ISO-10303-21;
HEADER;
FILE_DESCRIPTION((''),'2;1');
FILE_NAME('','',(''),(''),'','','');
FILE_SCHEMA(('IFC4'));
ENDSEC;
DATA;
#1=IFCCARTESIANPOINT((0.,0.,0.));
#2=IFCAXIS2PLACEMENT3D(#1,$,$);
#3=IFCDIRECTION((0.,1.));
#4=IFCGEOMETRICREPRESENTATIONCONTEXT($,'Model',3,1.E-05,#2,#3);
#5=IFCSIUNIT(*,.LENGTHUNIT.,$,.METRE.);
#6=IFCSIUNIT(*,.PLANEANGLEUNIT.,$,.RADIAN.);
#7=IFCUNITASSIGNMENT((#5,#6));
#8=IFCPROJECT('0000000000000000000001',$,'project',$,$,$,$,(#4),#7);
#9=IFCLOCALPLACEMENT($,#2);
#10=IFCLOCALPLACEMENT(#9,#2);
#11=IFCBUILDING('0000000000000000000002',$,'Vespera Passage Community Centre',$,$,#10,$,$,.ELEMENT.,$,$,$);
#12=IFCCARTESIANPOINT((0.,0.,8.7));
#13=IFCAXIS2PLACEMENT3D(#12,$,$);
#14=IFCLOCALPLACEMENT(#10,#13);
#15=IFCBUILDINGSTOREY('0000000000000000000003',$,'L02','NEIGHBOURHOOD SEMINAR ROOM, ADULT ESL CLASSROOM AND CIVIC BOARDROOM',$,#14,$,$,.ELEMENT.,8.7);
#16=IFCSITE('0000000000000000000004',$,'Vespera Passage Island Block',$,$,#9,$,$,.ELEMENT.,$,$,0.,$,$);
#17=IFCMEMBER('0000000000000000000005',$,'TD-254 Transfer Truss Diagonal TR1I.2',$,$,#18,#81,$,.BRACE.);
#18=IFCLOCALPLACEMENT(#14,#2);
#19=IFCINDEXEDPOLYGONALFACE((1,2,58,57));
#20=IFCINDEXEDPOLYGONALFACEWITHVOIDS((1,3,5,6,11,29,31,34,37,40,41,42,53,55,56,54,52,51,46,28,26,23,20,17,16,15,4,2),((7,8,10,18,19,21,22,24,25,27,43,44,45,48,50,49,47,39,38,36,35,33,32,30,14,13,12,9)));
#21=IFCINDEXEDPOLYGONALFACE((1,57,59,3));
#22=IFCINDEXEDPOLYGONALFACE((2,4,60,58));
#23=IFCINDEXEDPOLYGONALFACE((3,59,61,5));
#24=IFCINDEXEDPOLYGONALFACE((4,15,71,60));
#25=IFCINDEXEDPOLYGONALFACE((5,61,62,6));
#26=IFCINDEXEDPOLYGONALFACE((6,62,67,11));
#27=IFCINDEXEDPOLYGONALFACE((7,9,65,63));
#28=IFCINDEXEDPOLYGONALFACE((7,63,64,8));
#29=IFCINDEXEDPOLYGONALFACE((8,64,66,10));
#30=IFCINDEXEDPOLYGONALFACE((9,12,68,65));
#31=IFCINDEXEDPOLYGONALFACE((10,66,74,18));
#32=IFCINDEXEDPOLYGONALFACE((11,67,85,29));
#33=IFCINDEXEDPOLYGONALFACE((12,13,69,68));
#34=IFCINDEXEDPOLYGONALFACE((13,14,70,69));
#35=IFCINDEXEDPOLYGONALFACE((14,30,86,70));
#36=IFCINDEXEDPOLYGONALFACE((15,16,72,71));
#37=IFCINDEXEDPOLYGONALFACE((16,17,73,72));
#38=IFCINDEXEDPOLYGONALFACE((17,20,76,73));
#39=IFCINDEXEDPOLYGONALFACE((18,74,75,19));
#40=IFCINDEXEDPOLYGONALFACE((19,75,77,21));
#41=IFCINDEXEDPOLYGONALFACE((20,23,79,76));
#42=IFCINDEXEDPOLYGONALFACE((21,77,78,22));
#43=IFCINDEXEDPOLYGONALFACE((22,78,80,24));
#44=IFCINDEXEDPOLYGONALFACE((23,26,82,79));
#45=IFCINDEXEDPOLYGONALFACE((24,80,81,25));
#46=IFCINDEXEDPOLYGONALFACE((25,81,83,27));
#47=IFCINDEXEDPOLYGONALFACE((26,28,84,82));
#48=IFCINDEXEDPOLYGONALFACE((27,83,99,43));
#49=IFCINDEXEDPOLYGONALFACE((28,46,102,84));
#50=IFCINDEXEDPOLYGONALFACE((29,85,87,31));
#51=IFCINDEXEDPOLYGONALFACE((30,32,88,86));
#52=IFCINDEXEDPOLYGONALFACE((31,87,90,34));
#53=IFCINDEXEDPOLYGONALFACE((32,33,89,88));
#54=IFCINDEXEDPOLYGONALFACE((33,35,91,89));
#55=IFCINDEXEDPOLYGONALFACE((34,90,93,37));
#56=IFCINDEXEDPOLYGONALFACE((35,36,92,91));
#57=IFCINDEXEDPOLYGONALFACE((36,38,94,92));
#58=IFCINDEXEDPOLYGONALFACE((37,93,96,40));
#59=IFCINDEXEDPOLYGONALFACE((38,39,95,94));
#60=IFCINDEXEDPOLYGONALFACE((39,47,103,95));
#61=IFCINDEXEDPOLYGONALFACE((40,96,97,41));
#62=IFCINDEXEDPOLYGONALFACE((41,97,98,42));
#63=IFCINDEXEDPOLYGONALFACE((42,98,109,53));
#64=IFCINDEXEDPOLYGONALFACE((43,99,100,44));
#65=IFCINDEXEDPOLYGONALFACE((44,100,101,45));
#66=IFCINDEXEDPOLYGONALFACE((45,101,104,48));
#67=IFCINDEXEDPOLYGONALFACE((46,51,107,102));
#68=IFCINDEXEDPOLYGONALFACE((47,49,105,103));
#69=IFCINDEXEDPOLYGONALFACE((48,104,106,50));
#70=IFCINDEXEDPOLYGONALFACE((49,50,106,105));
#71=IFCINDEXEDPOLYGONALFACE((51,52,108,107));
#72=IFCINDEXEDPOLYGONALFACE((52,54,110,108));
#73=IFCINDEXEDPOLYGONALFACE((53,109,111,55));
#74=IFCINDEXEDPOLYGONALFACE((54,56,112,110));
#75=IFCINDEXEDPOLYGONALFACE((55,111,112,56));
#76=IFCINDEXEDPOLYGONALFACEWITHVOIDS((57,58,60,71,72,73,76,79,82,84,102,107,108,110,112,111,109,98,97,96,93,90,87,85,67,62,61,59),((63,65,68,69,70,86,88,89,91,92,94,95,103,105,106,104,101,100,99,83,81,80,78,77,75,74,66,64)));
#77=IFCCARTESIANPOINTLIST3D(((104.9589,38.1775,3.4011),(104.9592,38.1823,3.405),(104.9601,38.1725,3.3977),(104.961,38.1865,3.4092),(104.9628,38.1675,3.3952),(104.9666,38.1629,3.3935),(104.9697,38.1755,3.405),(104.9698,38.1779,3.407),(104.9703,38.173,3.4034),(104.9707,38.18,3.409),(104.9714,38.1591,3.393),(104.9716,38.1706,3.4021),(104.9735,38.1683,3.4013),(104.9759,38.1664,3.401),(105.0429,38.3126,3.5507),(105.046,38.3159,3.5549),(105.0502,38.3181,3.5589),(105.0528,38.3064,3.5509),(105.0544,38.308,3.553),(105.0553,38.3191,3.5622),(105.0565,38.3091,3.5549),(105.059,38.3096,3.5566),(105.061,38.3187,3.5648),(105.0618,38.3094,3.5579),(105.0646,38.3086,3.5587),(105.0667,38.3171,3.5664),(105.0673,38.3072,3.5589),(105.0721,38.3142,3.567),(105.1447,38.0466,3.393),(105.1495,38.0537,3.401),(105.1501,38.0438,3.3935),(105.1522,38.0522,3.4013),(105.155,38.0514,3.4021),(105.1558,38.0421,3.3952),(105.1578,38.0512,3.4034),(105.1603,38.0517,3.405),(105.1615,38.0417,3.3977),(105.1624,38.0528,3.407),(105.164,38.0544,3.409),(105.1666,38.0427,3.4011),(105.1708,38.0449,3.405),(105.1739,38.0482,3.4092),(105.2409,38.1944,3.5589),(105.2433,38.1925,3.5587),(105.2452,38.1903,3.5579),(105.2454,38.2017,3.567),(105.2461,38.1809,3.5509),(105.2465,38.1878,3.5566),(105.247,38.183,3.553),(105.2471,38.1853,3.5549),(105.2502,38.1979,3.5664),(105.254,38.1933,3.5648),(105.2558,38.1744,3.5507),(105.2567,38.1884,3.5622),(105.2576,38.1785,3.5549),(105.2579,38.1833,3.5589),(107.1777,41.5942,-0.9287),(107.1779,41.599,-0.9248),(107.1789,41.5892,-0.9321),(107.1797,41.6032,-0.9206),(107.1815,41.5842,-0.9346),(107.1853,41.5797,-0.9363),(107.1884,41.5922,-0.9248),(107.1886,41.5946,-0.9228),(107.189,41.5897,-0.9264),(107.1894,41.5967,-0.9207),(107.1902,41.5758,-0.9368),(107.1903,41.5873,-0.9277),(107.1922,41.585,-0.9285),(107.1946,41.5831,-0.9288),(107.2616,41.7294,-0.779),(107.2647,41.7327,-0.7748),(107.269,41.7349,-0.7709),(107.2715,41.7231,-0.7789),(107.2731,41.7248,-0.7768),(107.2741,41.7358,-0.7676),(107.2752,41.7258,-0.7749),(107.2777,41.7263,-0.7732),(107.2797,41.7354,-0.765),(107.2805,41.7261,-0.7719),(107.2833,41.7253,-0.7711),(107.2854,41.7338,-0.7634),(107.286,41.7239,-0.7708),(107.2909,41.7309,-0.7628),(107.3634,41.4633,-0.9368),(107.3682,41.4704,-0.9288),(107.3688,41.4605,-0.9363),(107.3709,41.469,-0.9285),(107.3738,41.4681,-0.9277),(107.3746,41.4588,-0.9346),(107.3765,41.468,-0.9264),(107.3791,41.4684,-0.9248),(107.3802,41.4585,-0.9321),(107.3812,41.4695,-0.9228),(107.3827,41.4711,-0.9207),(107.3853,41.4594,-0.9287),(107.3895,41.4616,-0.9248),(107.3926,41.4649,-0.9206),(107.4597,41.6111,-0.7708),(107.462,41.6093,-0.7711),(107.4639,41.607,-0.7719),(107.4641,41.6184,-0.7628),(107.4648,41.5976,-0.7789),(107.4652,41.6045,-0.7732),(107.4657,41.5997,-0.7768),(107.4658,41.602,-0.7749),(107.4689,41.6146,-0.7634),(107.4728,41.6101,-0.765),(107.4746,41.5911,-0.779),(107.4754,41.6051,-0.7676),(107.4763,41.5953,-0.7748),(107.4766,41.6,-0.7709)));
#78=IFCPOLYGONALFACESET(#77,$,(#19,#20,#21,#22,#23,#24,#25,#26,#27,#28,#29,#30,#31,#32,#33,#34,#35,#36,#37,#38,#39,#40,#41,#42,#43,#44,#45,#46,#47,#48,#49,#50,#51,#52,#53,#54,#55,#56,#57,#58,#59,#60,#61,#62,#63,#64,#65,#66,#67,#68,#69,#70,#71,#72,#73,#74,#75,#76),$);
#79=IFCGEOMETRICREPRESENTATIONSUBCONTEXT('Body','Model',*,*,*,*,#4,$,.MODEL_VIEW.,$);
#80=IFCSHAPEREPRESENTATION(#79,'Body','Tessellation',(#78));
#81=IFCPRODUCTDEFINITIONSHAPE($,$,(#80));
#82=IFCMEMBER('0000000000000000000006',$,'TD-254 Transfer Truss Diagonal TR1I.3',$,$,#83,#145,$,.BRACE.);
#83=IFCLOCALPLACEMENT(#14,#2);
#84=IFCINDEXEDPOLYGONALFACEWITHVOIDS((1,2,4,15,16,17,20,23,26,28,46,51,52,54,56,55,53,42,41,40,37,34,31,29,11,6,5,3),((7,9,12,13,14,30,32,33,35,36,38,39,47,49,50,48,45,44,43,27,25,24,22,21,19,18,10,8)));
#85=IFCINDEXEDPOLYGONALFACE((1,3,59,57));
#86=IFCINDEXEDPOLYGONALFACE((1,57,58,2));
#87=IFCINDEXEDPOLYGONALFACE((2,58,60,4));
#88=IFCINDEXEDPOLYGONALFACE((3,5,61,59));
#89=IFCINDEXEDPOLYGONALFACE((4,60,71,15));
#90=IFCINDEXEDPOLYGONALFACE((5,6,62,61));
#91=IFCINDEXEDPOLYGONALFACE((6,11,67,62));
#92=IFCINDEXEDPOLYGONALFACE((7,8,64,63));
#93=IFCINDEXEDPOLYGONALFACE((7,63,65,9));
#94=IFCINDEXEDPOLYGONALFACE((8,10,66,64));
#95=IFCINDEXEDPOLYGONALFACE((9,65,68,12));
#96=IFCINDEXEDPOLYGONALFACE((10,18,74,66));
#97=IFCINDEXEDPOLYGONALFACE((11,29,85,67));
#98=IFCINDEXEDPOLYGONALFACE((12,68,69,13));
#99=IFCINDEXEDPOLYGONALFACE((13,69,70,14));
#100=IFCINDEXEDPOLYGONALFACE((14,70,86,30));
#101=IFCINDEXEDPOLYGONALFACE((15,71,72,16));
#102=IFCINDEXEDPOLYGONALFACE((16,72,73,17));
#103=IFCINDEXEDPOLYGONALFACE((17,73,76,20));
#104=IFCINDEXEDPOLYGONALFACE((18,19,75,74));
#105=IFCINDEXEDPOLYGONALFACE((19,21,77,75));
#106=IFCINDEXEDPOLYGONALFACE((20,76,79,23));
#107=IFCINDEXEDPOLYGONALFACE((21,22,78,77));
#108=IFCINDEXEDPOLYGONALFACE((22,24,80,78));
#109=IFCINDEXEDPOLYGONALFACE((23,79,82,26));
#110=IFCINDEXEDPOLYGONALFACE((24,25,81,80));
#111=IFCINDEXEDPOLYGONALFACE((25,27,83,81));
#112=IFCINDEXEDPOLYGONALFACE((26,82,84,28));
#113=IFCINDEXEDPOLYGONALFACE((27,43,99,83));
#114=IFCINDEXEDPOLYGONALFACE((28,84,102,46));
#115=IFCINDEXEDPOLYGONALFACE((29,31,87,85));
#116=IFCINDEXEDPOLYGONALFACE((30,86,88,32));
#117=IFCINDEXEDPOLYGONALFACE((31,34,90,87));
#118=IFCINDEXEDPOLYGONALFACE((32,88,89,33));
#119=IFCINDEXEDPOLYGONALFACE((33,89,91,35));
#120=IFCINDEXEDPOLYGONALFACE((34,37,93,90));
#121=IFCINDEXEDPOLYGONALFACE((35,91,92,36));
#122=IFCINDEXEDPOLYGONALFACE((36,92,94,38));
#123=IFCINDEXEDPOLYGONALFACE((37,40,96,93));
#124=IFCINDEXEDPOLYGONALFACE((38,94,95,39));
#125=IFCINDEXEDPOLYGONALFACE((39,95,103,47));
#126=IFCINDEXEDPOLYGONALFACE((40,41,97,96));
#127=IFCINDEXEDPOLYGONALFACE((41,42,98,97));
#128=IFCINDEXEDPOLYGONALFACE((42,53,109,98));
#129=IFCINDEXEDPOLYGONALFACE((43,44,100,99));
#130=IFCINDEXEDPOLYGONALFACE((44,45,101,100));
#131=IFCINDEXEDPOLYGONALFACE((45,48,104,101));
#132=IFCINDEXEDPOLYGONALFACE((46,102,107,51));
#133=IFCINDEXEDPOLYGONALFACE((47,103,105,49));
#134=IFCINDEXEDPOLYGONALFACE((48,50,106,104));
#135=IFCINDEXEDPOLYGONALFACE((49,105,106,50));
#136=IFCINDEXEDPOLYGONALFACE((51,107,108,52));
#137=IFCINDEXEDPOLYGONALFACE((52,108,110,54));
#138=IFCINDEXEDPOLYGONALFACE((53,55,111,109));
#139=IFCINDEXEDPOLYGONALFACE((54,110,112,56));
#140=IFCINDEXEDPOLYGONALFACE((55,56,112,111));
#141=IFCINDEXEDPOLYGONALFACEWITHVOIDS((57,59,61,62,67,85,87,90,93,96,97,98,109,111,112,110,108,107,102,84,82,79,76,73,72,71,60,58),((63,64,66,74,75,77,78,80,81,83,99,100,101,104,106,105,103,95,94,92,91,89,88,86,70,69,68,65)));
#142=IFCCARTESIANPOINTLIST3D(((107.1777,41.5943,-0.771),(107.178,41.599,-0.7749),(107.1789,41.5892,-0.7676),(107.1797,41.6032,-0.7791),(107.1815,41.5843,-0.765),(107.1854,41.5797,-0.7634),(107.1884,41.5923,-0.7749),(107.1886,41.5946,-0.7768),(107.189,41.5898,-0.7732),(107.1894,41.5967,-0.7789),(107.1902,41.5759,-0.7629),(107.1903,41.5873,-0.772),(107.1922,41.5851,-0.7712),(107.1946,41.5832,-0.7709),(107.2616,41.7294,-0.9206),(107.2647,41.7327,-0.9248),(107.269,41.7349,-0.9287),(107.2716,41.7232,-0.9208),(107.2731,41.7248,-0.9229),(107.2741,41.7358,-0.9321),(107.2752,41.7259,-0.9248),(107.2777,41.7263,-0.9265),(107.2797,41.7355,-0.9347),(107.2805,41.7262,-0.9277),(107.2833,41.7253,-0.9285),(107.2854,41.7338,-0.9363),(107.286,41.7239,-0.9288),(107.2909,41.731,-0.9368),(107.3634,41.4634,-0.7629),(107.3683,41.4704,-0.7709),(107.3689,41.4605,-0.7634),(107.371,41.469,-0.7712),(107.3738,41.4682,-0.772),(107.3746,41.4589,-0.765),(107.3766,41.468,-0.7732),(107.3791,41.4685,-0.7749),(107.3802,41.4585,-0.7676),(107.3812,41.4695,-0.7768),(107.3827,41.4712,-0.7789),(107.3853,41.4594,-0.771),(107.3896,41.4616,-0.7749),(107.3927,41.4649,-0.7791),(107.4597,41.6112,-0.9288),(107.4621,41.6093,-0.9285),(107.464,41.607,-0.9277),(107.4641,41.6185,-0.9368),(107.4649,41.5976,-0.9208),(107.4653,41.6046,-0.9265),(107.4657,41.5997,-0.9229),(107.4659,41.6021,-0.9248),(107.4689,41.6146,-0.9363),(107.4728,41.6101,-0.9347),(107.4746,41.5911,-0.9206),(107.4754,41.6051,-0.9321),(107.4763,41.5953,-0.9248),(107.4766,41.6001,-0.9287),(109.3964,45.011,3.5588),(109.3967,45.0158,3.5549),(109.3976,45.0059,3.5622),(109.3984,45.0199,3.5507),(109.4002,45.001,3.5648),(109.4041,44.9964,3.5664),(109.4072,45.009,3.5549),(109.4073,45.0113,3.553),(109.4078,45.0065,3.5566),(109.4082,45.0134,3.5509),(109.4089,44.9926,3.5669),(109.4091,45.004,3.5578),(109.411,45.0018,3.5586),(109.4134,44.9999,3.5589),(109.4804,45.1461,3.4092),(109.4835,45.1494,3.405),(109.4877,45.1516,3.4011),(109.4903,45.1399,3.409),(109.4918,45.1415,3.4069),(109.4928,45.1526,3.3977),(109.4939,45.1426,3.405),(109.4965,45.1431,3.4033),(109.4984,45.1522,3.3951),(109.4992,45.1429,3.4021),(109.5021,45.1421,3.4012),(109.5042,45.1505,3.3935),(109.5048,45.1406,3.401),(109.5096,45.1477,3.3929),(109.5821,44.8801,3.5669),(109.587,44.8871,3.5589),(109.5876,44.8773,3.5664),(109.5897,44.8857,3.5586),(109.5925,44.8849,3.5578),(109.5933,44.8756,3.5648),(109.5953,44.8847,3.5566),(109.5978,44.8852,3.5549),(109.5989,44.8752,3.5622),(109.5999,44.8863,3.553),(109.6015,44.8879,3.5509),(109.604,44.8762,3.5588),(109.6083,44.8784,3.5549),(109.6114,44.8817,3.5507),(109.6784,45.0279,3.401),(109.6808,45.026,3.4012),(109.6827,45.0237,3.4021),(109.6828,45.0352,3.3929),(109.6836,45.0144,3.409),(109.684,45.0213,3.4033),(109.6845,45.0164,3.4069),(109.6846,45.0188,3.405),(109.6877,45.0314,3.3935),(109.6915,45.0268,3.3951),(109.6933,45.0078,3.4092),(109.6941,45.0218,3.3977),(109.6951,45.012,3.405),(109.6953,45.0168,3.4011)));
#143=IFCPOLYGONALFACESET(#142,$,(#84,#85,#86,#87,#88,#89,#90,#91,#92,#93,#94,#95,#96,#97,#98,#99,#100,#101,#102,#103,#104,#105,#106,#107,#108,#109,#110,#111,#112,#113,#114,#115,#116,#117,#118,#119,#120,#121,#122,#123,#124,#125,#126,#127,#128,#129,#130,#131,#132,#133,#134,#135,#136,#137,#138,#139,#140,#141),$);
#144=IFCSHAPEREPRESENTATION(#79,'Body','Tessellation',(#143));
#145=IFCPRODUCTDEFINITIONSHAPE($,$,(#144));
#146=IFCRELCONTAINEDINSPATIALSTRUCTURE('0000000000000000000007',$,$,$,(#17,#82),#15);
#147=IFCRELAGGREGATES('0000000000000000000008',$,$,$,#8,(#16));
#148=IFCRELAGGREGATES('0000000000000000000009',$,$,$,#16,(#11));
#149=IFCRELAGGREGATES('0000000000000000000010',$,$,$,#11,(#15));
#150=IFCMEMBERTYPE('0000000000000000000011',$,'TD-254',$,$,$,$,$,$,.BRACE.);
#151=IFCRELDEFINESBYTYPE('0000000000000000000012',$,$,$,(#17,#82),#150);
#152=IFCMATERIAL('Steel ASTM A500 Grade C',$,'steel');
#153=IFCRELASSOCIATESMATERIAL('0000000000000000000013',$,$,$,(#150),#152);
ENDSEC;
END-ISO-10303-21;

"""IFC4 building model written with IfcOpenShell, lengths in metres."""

from ifc_helpers import new_model, si_unit, direction, frame, origin, origin_2d, place, context, subcontext, project, spatial, hollow_rectangle, extrude, material, material_profile, profile_set, type_object, element, save


model = new_model("IFC4")

# Units and contexts
model_context = context("Model", 3, precision=1e-05, world=origin(), true_north=direction((0.0, 1.0)))
body_context = subcontext(model_context, "Body", "Model", "MODEL_VIEW")
ifc_project = project(units=[si_unit("LENGTHUNIT", "METRE"), si_unit("PLANEANGLEUNIT", "RADIAN")], contexts=[model_context])

# Site, building, storey
site_placement = place(None, origin())
site = spatial("IfcSite", under=ifc_project, at=site_placement, Name="Vespera Passage Island Block", CompositionType="ELEMENT", RefElevation=0.0)
building_placement = place(site_placement, origin())
building = spatial("IfcBuilding", under=site, at=building_placement, Name="Vespera Passage Community Centre", CompositionType="ELEMENT")
storey_placement = place(building_placement, frame((0.0, 0.0, 8.7)))
storey = spatial("IfcBuildingStorey", under=building, at=storey_placement, Name="L02", Description="NEIGHBOURHOOD SEMINAR ROOM, ADULT ESL CLASSROOM AND CIVIC BOARDROOM", CompositionType="ELEMENT", Elevation=8.7)

# Members
ifc_material_1 = material(Name="Steel ASTM A500 Grade C", Category="steel")
ifc_material_profile_1 = material_profile(ifc_material_1, hollow_rectangle(XDim=0.2539, YDim=0.2539, WallThickness=0.0117, InnerFilletRadius=0.0117, OuterFilletRadius=0.0237, at=origin_2d()), Name="HSS254X254X12.7")
ifc_profile_set_1 = profile_set([ifc_material_profile_1], Name="Steel ASTM A500 Grade C")
member_type_1 = type_object("IfcMemberType", Name="TD-254", PredefinedType="BRACE", material=ifc_profile_set_1)
for number, where, z_axis, x_axis, name in (
    (1, (105.1084, 38.1804, 3.48), (0.373205, 0.574714, -0.7283), (-0.838683, 0.54462, 0.0), "TD-254 Transfer Truss Diagonal TR1I.2"),
    (2, (107.3271, 41.5972, -0.8499), (0.373205, 0.574714, 0.7283), (-0.838683, 0.54462, 0.0), "TD-254 Transfer Truss Diagonal TR1I.3"),
):
    element("IfcMember", number, at=place(storey_placement, frame(where, z_axis=z_axis, x_axis=x_axis)), inside=storey, type_object=member_type_1, Name=name, PredefinedType="BRACE", context=body_context, shape_type="SweptSolid", body=[
        extrude(hollow_rectangle(XDim=0.2539, YDim=0.2539, WallThickness=0.0117, InnerFilletRadius=0.0117, OuterFilletRadius=0.0237, at=origin_2d()), origin(), (0.0, 0.0, 1.0), 5.9451),
    ])

save(model, "model.ifc")
